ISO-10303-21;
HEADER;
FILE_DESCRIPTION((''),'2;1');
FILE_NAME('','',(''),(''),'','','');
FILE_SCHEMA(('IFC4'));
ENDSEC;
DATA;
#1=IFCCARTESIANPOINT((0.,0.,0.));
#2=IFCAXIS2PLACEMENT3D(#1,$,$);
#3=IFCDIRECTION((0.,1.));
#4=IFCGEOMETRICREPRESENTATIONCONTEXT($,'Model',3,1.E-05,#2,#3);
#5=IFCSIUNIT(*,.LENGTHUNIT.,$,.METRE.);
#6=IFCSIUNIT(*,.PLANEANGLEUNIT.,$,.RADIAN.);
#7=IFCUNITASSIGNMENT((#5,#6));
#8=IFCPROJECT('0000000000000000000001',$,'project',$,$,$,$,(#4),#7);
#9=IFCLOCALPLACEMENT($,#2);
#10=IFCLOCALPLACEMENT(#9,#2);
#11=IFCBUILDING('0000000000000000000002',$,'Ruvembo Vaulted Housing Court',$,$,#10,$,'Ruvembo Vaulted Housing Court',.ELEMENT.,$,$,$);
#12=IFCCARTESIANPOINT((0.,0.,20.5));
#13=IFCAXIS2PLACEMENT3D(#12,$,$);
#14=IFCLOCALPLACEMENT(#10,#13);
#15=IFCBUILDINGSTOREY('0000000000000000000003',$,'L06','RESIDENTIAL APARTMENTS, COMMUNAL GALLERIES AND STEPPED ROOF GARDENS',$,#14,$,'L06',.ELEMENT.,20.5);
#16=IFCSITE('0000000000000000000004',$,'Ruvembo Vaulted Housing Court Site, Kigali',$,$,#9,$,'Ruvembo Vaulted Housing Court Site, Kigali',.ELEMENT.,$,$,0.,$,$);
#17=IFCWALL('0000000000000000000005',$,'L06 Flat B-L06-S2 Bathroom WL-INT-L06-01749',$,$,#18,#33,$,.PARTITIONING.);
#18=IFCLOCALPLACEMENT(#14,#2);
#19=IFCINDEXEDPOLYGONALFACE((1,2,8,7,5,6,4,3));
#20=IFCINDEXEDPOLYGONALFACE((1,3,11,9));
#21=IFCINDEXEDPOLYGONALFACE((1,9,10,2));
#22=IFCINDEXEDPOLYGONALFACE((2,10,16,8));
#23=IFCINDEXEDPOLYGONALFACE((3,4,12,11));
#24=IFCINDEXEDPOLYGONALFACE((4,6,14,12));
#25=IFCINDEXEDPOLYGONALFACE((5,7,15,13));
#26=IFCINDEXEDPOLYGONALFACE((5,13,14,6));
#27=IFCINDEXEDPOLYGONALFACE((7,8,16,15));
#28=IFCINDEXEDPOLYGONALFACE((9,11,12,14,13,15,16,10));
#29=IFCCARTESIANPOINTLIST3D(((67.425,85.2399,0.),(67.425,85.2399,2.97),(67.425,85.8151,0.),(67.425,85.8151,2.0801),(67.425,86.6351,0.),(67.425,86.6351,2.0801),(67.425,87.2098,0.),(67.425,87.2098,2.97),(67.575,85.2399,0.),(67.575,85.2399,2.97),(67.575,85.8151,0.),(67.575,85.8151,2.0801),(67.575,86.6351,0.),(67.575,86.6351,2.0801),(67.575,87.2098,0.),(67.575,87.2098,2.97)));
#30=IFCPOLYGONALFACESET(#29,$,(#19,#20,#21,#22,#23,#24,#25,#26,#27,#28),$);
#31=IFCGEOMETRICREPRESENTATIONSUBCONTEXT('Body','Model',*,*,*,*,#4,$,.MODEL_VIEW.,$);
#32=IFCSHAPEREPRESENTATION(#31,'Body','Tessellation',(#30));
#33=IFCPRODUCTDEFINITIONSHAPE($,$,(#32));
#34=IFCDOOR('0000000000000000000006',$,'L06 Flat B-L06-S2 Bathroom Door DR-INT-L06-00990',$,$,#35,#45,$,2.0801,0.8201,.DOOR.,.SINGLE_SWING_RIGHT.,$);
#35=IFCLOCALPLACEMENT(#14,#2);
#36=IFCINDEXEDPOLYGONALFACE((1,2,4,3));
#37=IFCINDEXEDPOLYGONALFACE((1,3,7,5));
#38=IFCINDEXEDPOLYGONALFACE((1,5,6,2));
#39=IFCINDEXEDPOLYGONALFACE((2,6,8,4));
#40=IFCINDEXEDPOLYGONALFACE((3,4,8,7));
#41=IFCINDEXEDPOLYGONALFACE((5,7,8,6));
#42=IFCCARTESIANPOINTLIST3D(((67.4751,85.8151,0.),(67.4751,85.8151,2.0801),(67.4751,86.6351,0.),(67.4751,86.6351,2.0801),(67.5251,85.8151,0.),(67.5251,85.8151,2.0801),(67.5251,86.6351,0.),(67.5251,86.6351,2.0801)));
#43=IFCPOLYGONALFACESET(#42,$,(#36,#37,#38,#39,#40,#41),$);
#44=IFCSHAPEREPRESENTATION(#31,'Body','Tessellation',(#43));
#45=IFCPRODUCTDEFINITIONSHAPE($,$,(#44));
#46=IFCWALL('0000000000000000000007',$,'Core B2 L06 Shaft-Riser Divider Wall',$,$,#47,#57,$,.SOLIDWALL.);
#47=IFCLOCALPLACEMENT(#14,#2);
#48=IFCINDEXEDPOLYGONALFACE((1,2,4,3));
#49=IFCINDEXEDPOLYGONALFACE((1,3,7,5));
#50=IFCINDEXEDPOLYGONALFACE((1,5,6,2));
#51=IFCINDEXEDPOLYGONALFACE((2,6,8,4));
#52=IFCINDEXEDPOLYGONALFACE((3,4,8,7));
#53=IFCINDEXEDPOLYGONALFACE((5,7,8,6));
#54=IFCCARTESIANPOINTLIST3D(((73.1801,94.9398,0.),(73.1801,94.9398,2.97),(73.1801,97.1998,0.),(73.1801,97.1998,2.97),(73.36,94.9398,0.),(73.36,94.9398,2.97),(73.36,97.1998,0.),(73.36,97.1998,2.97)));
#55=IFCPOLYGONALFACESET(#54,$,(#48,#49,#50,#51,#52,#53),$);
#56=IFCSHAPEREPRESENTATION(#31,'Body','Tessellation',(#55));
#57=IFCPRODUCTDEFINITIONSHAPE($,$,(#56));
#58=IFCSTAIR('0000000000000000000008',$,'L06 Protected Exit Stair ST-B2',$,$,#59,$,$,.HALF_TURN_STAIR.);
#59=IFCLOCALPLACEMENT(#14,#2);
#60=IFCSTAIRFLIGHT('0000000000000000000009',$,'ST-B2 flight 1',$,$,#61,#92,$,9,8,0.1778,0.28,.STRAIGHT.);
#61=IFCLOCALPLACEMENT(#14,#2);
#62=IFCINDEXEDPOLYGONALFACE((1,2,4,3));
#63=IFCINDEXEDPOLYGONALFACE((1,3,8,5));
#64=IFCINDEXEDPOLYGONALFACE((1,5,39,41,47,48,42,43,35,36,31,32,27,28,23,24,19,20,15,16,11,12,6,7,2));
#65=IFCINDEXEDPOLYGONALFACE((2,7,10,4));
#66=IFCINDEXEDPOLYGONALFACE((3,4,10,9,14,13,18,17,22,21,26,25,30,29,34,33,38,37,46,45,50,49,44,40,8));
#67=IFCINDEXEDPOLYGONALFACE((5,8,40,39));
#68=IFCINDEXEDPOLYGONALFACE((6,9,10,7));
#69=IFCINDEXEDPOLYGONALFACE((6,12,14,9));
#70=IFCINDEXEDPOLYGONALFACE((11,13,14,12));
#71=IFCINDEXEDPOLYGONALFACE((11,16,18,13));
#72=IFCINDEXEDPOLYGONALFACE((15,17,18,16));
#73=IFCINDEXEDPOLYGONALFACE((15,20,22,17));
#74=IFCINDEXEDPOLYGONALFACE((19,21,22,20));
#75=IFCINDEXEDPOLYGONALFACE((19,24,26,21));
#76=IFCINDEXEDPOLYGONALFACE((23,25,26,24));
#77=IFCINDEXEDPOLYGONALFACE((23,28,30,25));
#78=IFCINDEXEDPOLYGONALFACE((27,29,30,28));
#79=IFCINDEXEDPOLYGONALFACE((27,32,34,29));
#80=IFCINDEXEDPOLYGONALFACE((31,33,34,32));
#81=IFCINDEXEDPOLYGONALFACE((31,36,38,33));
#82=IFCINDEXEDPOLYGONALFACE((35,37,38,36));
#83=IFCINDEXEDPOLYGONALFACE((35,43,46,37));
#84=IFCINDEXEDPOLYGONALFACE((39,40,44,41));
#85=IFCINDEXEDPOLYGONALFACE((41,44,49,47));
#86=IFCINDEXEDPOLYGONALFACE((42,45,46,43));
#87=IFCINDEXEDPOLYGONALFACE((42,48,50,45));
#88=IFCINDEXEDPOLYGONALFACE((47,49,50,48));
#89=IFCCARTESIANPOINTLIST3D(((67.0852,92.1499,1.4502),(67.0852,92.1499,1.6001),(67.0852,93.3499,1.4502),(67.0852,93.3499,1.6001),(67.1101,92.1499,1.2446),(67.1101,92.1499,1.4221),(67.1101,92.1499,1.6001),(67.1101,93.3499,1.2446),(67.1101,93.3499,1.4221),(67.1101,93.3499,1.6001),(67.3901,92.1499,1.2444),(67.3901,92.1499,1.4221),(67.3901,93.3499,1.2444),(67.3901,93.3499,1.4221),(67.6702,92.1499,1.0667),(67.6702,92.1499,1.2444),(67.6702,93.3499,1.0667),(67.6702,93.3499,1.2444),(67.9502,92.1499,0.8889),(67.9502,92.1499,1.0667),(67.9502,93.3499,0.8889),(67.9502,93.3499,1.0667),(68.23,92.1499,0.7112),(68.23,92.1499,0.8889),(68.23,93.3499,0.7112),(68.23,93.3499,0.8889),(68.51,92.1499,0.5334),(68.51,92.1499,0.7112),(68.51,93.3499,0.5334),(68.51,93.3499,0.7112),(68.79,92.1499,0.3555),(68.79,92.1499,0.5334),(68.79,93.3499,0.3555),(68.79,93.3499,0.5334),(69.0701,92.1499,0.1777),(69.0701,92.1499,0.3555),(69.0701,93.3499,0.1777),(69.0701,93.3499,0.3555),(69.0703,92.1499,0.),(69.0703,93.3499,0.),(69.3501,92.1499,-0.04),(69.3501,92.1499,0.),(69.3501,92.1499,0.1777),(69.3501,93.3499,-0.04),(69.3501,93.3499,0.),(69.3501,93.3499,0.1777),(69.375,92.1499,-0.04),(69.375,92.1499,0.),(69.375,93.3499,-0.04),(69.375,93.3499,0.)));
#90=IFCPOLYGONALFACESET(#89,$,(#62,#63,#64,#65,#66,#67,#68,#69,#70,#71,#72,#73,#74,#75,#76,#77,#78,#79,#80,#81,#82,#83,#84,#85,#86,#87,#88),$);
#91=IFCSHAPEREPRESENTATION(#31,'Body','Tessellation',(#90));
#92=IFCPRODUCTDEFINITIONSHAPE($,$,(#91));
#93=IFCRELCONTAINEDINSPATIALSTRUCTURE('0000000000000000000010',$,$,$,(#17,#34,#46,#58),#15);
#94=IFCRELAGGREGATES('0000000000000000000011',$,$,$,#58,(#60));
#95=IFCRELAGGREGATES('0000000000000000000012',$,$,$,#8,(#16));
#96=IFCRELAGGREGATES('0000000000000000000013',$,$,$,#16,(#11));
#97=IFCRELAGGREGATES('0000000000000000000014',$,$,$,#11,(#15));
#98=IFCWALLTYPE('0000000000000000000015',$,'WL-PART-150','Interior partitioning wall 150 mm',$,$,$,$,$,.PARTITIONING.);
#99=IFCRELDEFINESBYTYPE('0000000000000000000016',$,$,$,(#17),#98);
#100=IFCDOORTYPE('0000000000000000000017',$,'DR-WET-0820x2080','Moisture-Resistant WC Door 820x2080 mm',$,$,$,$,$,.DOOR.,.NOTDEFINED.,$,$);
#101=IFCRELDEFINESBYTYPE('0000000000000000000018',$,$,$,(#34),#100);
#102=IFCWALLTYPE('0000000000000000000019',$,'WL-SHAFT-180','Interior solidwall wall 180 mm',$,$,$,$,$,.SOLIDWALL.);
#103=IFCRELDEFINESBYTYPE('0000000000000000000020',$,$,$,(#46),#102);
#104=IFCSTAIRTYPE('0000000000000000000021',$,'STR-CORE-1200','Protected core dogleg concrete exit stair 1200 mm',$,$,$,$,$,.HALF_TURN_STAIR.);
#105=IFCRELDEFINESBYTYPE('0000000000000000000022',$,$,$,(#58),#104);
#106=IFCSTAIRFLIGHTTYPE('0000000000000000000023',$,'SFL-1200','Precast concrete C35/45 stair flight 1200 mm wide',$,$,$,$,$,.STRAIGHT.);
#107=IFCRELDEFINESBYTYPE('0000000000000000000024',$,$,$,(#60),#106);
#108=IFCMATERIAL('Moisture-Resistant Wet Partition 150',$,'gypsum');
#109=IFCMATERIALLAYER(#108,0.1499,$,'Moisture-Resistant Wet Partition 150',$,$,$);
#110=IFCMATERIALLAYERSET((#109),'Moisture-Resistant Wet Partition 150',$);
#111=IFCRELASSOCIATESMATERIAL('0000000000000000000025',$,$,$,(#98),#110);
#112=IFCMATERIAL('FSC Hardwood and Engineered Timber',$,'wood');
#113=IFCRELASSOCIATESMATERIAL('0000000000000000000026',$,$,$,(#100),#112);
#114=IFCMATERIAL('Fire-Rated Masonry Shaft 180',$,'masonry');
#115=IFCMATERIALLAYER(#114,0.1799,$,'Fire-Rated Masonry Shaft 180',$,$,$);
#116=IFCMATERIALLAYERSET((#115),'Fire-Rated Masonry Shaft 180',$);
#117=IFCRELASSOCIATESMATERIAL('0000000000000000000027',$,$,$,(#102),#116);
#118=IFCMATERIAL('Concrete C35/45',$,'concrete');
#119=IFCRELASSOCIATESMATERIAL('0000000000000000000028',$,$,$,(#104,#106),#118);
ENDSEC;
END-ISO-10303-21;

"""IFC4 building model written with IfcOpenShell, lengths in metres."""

from ifc_helpers import new_model, si_unit, direction, frame, frame_2d, origin, place, context, subcontext, project, spatial, polyline, rectangle, outline, extrude, material, layer, layer_set, type_object, element, fill, aggregate, save


model = new_model("IFC4")

# Units and contexts
model_context = context("Model", 3, precision=1e-05, world=origin(), true_north=direction((0.0, 1.0)))
body_context = subcontext(model_context, "Body", "Model", "MODEL_VIEW")
ifc_project = project(units=[si_unit("LENGTHUNIT", "METRE"), si_unit("PLANEANGLEUNIT", "RADIAN")], contexts=[model_context])

# Site, building, storey
site_placement = place(None, origin())
site = spatial("IfcSite", under=ifc_project, at=site_placement, Name="Ruvembo Vaulted Housing Court Site, Kigali", LongName="Ruvembo Vaulted Housing Court Site, Kigali", CompositionType="ELEMENT", RefElevation=0.0)
building_placement = place(site_placement, origin())
building = spatial("IfcBuilding", under=site, at=building_placement, Name="Ruvembo Vaulted Housing Court", LongName="Ruvembo Vaulted Housing Court", CompositionType="ELEMENT")
storey_placement = place(building_placement, frame((0.0, 0.0, 20.5)))
storey = spatial("IfcBuildingStorey", under=building, at=storey_placement, Name="L06", Description="RESIDENTIAL APARTMENTS, COMMUNAL GALLERIES AND STEPPED ROOF GARDENS", LongName="L06", CompositionType="ELEMENT", Elevation=20.5)

# Shared definitions
ifc_material_1 = material(Name="Concrete C35/45", Category="concrete")

# Shared definitions
ifc_material_2 = material(Name="FSC Hardwood and Engineered Timber", Category="wood")

# Wall, opening, door
ifc_material_3 = material(Name="Moisture-Resistant Wet Partition 150", Category="gypsum")
ifc_layer_1 = layer(ifc_material_3, 0.1499, Name="Moisture-Resistant Wet Partition 150")
ifc_layer_set_1 = layer_set([ifc_layer_1], Name="Moisture-Resistant Wet Partition 150")
wall_type_1 = type_object("IfcWallType", Name="WL-PART-150", Description="Interior partitioning wall 150 mm", PredefinedType="PARTITIONING", material=ifc_layer_set_1)
wall_1_placement = place(storey_placement, frame((67.5, 85.24, 0.0), z_axis=(0.0, 0.0, 1.0), x_axis=(0.0, 1.0, 0.0)))
wall_1 = element("IfcWall", 1, at=wall_1_placement, inside=storey, type_object=wall_type_1, Name="L06 Flat B-L06-S2 Bathroom WL-INT-L06-01749", PredefinedType="PARTITIONING", context=body_context, shape_type="SweptSolid", body=[
    extrude(rectangle(XDim=1.97, YDim=0.1499, at=frame_2d((0.9849, 0.0))), origin(), (0.0, 0.0, 1.0), 2.97),
])
opening_1_placement = place(wall_1_placement, frame((0.575, 0.0, 0.0)))
opening_1 = element("IfcOpeningElement", 2, at=opening_1_placement, cuts=wall_1, PredefinedType="OPENING", context=body_context, shape_type="SweptSolid", body=[
    extrude(rectangle(XDim=0.8201, YDim=2.0801, at=frame_2d((0.4102, 1.04))), frame((0.0, 0.085, 0.0), z_axis=(0.0, -1.0, 0.0), x_axis=(1.0, 0.0, 0.0)), (0.0, 0.0, 1.0), 0.1699),
])
door_type_1 = type_object("IfcDoorType", Name="DR-WET-0820x2080", Description="Moisture-Resistant WC Door 820x2080 mm", OperationType="NOTDEFINED", PredefinedType="DOOR", material=ifc_material_2)
door_1_placement = place(opening_1_placement, origin())
door_1 = element("IfcDoor", 3, at=door_1_placement, inside=storey, type_object=door_type_1, Name="L06 Flat B-L06-S2 Bathroom Door DR-INT-L06-00990", OperationType="SINGLE_SWING_RIGHT", OverallHeight=2.0801, OverallWidth=0.8201, PredefinedType="DOOR", context=body_context, shape_type="SweptSolid", body=[
    extrude(rectangle(XDim=0.8201, YDim=2.0801, at=frame_2d((0.4102, 1.04))), frame((0.0, 0.0249, 0.0), z_axis=(0.0, -1.0, 0.0), x_axis=(1.0, 0.0, 0.0)), (0.0, 0.0, 1.0), 0.05),
])
fill(opening_1, door_1)

# Shared definitions
ifc_material_4 = material(Name="Fire-Rated Masonry Shaft 180", Category="masonry")
ifc_layer_2 = layer(ifc_material_4, 0.1799, Name="Fire-Rated Masonry Shaft 180")
ifc_layer_set_2 = layer_set([ifc_layer_2], Name="Fire-Rated Masonry Shaft 180")
wall_type_2 = type_object("IfcWallType", Name="WL-SHAFT-180", Description="Interior solidwall wall 180 mm", PredefinedType="SOLIDWALL", material=ifc_layer_set_2)

# Wall
wall_2_placement = place(storey_placement, frame((73.27, 94.9399, 0.0), z_axis=(0.0, 0.0, 1.0), x_axis=(0.0, 1.0, 0.0)))
element("IfcWall", 4, at=wall_2_placement, inside=storey, type_object=wall_type_2, Name="Core B2 L06 Shaft-Riser Divider Wall", PredefinedType="SOLIDWALL", context=body_context, shape_type="SweptSolid", body=[
    extrude(rectangle(XDim=2.26, YDim=0.1799, at=frame_2d((1.1299, 0.0))), origin(), (0.0, 0.0, 1.0), 2.97),
])

# Stair, stair flight
stair_type = type_object("IfcStairType", Name="STR-CORE-1200", Description="Protected core dogleg concrete exit stair 1200 mm", PredefinedType="HALF_TURN_STAIR", material=ifc_material_1)
stair_placement = place(storey_placement, origin())
stair = element("IfcStair", 5, at=stair_placement, inside=storey, type_object=stair_type, Name="L06 Protected Exit Stair ST-B2", PredefinedType="HALF_TURN_STAIR")
stair_flight_type = type_object("IfcStairFlightType", Name="SFL-1200", Description="Precast concrete C35/45 stair flight 1200 mm wide", PredefinedType="STRAIGHT", material=ifc_material_1)
stair_flight_placement = place(storey_placement, frame((69.3501, 92.75, 0.0), z_axis=(0.0, 0.0, 1.0), x_axis=(-1.0, 0.0, 0.0)))
stair_flight = element("IfcStairFlight", 6, at=stair_flight_placement, type_object=stair_flight_type, Name="ST-B2 flight 1", NumberOfRisers=9, NumberOfTreads=8, PredefinedType="STRAIGHT", RiserHeight=0.1778, TreadLength=0.28, context=body_context, shape_type="SweptSolid", body=[
    extrude(outline(polyline([(-0.0249, -0.04), (-0.0249, 0.0), (0.0, 0.0), (0.0, 0.1777), (0.28, 0.1777), (0.28, 0.3555), (0.5601, 0.3555), (0.5601, 0.5334), (0.8401, 0.5334), (0.8401, 0.7112), (1.1201, 0.7112), (1.1201, 0.8889), (1.3999, 0.8889), (1.3999, 1.0667), (1.6799, 1.0667), (1.6799, 1.2444), (1.96, 1.2444), (1.96, 1.4221), (2.24, 1.4221), (2.24, 1.6001), (2.2649, 1.6001), (2.2649, 1.4502), (2.24, 1.2446), (0.2798, 0.0), (0.0, -0.04), (-0.0249, -0.04)])), frame((0.0, 0.6001, 0.0), z_axis=(0.0, -1.0, 0.0), x_axis=(1.0, 0.0, 0.0)), (0.0, 0.0, 1.0), 1.2),
])
aggregate(stair, [stair_flight])

save(model, "model.ifc")
